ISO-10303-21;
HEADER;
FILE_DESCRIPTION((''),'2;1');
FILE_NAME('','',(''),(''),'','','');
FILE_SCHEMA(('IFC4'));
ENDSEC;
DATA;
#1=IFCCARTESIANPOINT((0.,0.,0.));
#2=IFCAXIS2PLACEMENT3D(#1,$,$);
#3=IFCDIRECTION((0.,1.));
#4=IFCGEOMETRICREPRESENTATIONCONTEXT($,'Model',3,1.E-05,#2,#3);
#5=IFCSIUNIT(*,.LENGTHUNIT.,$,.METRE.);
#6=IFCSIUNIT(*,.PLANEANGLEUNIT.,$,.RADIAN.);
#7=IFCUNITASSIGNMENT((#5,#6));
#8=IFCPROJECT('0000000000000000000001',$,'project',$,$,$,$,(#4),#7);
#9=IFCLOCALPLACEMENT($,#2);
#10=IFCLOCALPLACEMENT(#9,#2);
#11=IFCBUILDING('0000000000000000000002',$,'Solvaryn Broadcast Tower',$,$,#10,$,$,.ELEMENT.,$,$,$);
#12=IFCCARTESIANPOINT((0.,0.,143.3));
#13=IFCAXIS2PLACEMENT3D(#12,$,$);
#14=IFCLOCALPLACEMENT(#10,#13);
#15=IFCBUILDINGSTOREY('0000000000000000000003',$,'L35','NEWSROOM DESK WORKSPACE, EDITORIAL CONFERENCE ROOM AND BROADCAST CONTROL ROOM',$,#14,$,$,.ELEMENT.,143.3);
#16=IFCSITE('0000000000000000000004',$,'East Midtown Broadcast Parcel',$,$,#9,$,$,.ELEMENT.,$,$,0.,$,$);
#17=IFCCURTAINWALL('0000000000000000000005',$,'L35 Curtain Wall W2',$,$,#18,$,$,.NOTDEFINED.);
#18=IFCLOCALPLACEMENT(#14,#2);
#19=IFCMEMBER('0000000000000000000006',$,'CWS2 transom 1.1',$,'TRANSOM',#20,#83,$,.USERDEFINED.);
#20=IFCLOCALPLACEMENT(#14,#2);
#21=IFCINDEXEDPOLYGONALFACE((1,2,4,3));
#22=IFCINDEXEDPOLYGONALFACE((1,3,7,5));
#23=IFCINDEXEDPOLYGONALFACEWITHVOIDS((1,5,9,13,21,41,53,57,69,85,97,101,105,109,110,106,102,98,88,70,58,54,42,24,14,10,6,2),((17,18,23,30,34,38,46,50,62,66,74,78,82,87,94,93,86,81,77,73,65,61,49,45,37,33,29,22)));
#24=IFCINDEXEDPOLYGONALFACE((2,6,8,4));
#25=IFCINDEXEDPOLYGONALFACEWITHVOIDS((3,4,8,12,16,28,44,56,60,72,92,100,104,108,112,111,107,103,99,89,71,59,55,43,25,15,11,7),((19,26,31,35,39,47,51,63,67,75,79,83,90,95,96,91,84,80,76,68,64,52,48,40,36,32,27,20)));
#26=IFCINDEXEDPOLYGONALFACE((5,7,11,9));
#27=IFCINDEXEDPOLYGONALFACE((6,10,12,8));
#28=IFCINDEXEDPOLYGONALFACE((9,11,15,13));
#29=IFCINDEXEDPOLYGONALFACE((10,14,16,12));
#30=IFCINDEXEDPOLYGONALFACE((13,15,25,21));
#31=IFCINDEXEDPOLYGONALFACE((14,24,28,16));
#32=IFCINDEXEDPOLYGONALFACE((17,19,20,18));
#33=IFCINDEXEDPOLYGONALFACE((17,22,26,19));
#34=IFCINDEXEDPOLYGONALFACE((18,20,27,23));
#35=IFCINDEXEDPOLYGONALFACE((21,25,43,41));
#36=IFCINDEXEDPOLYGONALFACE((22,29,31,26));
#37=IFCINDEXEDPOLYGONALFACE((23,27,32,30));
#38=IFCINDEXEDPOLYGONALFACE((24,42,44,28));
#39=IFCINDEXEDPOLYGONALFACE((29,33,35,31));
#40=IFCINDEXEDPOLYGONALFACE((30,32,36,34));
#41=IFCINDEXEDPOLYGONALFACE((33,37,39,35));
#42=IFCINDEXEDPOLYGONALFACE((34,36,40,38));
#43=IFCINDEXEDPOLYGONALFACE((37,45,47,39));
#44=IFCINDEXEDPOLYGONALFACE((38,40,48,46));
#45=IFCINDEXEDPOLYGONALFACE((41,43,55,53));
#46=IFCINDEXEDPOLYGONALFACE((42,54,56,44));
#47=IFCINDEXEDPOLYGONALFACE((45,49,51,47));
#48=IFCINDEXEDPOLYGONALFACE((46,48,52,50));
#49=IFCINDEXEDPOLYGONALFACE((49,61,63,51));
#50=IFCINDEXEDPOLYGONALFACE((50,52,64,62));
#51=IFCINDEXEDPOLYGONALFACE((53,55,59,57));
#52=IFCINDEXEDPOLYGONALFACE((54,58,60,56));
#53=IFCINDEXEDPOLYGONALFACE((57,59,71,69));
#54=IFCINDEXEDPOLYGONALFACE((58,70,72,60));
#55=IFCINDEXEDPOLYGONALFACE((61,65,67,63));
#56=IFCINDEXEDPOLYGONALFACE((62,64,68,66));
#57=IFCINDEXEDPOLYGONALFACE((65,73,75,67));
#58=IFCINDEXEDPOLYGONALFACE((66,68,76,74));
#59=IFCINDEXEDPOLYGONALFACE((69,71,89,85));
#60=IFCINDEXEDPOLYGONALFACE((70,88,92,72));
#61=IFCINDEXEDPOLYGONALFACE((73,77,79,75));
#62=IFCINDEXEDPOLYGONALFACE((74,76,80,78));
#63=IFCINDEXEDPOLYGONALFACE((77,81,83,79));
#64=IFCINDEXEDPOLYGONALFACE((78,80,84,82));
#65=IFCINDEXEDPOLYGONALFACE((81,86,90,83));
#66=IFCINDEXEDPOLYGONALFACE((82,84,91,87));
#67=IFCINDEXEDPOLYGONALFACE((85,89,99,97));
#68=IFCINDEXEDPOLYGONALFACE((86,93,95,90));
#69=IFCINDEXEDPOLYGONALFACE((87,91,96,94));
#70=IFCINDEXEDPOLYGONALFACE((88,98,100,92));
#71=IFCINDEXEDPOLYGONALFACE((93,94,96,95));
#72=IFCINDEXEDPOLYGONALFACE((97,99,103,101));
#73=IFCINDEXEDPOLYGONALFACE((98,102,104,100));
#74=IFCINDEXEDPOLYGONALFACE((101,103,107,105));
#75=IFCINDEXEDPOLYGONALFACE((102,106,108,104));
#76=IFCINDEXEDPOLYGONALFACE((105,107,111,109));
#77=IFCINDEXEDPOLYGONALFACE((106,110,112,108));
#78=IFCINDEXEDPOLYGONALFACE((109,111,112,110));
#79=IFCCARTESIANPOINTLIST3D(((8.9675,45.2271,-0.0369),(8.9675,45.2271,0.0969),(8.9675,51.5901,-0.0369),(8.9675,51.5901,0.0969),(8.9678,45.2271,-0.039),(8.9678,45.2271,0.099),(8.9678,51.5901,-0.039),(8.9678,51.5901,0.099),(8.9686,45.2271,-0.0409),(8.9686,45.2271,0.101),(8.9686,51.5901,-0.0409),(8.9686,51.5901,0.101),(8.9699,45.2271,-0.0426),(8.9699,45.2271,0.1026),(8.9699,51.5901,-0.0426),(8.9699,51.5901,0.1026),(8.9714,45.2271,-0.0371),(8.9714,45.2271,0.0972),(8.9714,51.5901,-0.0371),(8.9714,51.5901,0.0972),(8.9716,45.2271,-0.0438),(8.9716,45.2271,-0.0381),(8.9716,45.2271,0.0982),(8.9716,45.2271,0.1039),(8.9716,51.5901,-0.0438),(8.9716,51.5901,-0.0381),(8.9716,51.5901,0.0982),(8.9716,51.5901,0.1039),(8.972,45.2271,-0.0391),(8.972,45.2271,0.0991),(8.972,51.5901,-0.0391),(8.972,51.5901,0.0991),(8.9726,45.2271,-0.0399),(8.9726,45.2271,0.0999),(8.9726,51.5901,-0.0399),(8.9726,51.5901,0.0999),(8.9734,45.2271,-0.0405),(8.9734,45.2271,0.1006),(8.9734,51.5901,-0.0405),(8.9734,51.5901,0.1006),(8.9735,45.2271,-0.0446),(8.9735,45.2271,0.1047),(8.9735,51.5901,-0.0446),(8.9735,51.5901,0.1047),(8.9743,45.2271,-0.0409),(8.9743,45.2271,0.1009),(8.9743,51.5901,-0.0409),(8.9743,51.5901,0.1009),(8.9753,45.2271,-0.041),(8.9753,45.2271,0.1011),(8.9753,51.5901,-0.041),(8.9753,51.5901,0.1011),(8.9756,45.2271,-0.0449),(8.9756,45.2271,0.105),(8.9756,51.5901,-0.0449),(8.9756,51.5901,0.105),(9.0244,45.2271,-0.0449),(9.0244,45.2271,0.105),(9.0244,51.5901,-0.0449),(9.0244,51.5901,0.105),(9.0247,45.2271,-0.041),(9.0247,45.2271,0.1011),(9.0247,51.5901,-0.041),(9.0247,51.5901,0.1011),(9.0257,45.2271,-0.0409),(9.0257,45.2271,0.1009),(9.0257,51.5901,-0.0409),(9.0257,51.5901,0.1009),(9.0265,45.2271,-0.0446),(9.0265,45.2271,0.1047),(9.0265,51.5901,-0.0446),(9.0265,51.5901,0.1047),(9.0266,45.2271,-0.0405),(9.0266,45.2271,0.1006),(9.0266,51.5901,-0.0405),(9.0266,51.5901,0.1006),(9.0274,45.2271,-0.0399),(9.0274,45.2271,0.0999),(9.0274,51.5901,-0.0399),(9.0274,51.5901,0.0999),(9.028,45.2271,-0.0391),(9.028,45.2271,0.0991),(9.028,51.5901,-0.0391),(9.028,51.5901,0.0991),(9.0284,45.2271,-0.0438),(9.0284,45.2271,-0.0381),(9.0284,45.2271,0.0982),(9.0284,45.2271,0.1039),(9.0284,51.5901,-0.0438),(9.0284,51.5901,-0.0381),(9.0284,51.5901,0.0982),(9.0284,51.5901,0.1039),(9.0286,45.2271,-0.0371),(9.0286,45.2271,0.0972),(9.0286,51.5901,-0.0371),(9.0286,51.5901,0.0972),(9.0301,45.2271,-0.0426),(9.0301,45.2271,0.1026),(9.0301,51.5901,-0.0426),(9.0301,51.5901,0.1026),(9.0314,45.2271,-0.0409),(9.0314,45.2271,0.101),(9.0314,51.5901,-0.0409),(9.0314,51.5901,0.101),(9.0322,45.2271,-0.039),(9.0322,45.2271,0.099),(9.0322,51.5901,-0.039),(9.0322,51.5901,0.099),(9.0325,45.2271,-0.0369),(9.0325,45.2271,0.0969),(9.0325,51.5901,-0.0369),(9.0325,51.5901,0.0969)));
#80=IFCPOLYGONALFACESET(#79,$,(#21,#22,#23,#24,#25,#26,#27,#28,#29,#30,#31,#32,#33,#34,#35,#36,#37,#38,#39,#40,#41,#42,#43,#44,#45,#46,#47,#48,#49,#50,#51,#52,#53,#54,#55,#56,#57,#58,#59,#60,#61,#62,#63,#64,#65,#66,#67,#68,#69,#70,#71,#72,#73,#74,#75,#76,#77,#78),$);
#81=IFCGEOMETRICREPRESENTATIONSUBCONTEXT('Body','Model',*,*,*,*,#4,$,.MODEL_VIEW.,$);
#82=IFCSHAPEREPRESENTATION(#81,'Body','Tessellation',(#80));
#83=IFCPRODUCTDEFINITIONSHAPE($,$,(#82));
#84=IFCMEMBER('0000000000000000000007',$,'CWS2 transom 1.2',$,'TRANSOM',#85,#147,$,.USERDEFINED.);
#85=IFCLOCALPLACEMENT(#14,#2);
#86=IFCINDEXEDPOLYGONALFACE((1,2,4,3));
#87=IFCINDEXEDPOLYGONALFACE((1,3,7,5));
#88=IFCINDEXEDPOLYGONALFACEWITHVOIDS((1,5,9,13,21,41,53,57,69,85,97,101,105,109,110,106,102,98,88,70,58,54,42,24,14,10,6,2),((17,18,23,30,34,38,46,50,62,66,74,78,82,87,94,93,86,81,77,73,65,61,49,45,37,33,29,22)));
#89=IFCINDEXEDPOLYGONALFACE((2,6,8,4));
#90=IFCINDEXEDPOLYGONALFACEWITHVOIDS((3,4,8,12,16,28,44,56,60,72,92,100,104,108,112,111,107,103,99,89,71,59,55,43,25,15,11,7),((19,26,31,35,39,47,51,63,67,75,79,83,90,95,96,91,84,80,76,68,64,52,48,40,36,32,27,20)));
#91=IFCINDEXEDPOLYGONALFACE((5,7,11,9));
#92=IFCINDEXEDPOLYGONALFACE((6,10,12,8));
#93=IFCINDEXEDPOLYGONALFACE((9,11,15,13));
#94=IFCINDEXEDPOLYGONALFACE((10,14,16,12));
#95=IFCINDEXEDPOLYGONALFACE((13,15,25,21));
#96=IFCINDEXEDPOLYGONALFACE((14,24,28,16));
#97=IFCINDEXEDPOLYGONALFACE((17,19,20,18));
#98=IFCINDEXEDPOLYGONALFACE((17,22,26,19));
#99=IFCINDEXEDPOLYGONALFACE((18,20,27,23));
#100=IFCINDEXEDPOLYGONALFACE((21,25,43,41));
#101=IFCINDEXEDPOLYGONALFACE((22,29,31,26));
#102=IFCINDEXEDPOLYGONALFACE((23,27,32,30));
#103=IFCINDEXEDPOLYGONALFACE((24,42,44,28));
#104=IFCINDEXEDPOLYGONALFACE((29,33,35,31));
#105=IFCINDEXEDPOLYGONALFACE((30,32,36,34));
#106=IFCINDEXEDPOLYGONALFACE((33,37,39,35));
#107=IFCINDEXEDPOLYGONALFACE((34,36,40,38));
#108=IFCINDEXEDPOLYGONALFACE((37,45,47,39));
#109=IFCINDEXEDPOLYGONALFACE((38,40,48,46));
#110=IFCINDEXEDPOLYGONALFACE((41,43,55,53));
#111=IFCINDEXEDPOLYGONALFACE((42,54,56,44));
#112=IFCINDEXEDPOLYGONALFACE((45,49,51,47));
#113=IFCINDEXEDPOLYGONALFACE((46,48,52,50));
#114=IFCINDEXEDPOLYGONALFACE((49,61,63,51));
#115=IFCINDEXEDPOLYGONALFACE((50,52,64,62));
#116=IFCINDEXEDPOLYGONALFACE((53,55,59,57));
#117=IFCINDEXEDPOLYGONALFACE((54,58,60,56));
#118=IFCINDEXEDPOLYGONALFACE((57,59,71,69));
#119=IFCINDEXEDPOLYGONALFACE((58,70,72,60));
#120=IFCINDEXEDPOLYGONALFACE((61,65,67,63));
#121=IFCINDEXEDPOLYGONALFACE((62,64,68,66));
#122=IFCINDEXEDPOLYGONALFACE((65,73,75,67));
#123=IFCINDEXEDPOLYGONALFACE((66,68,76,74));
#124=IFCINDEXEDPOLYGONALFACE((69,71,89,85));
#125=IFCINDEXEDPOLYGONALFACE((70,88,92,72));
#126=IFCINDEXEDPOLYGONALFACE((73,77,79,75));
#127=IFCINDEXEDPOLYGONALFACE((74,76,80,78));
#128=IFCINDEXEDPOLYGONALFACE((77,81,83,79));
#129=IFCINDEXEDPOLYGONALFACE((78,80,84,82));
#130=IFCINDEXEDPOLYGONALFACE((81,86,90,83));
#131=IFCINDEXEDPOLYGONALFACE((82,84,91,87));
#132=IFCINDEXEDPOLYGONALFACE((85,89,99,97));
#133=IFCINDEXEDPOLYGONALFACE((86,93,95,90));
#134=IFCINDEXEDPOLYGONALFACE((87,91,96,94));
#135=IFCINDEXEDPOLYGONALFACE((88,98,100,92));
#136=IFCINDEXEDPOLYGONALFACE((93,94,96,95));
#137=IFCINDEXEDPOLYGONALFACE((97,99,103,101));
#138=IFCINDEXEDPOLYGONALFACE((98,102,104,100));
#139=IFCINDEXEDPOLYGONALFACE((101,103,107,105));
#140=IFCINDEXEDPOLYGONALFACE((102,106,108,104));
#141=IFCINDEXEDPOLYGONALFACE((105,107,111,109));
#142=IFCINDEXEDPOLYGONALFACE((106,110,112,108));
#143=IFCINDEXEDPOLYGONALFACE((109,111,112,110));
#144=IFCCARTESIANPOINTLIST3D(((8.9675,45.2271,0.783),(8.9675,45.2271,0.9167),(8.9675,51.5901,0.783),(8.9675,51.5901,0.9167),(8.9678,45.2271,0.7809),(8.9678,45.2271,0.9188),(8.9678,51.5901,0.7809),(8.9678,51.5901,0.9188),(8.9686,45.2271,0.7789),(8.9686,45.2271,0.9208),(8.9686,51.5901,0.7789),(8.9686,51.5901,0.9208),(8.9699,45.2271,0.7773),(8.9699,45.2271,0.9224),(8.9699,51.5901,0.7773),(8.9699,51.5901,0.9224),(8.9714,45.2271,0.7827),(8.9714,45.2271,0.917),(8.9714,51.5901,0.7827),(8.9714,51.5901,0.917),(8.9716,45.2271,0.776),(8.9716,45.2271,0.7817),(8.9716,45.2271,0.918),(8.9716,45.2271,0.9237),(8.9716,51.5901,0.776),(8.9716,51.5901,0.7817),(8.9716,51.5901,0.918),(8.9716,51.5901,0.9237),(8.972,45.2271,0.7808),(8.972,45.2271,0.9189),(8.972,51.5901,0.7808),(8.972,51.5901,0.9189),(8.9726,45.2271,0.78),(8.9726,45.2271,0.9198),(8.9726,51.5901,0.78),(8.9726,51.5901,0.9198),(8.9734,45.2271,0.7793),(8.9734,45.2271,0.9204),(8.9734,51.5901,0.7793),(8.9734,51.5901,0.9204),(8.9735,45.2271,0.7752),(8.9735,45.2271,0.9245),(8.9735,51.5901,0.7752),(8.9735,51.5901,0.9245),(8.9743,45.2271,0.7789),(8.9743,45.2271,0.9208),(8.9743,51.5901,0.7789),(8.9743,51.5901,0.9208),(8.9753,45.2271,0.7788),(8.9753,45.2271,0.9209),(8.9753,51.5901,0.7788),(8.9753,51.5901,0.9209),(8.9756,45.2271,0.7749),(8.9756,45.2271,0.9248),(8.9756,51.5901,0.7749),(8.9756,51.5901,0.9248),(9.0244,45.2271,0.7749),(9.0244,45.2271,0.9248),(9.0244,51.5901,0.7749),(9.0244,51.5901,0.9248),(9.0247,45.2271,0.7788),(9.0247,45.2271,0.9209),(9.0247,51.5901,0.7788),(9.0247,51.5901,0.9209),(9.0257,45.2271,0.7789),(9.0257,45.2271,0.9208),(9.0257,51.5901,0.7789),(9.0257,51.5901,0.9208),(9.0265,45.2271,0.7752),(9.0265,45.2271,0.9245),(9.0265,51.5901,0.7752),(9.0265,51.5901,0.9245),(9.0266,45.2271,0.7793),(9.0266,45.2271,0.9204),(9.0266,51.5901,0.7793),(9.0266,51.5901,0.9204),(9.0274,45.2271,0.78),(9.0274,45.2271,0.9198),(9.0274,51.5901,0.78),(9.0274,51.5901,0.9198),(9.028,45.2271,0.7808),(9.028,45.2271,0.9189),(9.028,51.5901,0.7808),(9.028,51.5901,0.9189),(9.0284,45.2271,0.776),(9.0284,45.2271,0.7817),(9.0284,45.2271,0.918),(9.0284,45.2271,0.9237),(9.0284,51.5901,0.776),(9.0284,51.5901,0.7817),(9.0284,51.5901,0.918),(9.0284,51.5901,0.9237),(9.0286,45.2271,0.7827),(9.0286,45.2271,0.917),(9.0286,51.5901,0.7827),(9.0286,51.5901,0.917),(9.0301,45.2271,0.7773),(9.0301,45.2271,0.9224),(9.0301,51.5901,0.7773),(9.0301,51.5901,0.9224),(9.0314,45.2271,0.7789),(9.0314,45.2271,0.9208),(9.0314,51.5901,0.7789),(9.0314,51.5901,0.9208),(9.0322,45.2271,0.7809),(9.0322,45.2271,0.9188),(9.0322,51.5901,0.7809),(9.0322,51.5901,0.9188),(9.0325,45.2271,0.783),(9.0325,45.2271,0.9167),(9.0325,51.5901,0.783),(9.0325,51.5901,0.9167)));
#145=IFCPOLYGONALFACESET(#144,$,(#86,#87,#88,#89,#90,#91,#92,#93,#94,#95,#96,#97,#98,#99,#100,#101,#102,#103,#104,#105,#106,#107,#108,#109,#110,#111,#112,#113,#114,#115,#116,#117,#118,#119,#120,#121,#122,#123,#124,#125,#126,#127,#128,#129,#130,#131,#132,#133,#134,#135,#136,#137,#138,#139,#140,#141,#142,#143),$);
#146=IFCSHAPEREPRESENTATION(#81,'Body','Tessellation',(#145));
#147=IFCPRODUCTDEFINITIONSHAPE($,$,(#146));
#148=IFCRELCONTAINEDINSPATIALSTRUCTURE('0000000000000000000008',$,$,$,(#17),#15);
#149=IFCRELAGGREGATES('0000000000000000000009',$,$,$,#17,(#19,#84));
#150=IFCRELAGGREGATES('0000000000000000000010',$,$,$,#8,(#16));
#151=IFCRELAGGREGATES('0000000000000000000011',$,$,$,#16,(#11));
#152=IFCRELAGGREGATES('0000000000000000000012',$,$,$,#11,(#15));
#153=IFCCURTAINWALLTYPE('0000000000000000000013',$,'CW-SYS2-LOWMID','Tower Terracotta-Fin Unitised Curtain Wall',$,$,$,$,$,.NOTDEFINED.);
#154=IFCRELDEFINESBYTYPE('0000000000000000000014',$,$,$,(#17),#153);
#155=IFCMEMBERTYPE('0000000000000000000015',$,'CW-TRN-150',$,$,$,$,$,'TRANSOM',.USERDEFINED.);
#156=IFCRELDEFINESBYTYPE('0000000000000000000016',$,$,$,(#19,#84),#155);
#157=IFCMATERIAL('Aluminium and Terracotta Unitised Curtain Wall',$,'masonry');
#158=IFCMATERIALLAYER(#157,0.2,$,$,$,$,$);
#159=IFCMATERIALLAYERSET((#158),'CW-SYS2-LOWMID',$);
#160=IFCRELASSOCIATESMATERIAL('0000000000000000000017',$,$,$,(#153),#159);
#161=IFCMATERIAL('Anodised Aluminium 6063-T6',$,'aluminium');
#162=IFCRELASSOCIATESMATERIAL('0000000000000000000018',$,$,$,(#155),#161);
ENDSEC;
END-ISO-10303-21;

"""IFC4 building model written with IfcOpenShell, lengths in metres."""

from ifc_helpers import new_model, si_unit, direction, frame, origin, origin_2d, place, context, subcontext, project, spatial, hollow_rectangle, extrude, material, layer, layer_set, material_profile, profile_set, type_object, element, aggregate, save


model = new_model("IFC4")

# Units and contexts
model_context = context("Model", 3, precision=1e-05, world=origin(), true_north=direction((0.0, 1.0)))
body_context = subcontext(model_context, "Body", "Model", "MODEL_VIEW")
ifc_project = project(units=[si_unit("LENGTHUNIT", "METRE"), si_unit("PLANEANGLEUNIT", "RADIAN")], contexts=[model_context])

# Site, building, storey
site_placement = place(None, origin())
site = spatial("IfcSite", under=ifc_project, at=site_placement, Name="East Midtown Broadcast Parcel", CompositionType="ELEMENT", RefElevation=0.0)
building_placement = place(site_placement, origin())
building = spatial("IfcBuilding", under=site, at=building_placement, Name="Solvaryn Broadcast Tower", CompositionType="ELEMENT")
storey_placement = place(building_placement, frame((0.0, 0.0, 143.3)))
storey = spatial("IfcBuildingStorey", under=building, at=storey_placement, Name="L35", Description="NEWSROOM DESK WORKSPACE, EDITORIAL CONFERENCE ROOM AND BROADCAST CONTROL ROOM", CompositionType="ELEMENT", Elevation=143.3)

# Shared definitions
ifc_material_1 = material(Name="Aluminium and Terracotta Unitised Curtain Wall", Category="masonry")
ifc_layer_1 = layer(ifc_material_1, 0.2)
ifc_layer_set_1 = layer_set([ifc_layer_1], Name="CW-SYS2-LOWMID")
curtain_wall_type = type_object("IfcCurtainWallType", Name="CW-SYS2-LOWMID", Description="Tower Terracotta-Fin Unitised Curtain Wall", PredefinedType="NOTDEFINED", material=ifc_layer_set_1)

# Curtain wall
curtain_wall_1_placement = place(storey_placement, origin())
curtain_wall_1 = element("IfcCurtainWall", 1, at=curtain_wall_1_placement, inside=storey, type_object=curtain_wall_type, Name="L35 Curtain Wall W2", PredefinedType="NOTDEFINED")

# Members
ifc_material_2 = material(Name="Anodised Aluminium 6063-T6", Category="aluminium")
ifc_material_profile_1 = material_profile(ifc_material_2, hollow_rectangle(XDim=0.0649, YDim=0.1499, WallThickness=0.0039, InnerFilletRadius=0.0039, OuterFilletRadius=0.0081, at=origin_2d()))
ifc_profile_set_1 = profile_set([ifc_material_profile_1], Name="Anodised Aluminium 6063-T6")
member_type_1 = type_object("IfcMemberType", Name="CW-TRN-150", ElementType="TRANSOM", PredefinedType="USERDEFINED", material=ifc_profile_set_1)
member_1_placement = place(storey_placement, frame((9.0, 45.2271, 0.03), z_axis=(0.0, 1.0, 0.0), x_axis=(-1.0, 0.0, 0.0)))
member_1 = element("IfcMember", 2, at=member_1_placement, type_object=member_type_1, Name="CWS2 transom 1.1", ObjectType="TRANSOM", PredefinedType="USERDEFINED", context=body_context, shape_type="SweptSolid", body=[
    extrude(hollow_rectangle(XDim=0.0649, YDim=0.1499, WallThickness=0.0039, InnerFilletRadius=0.0039, OuterFilletRadius=0.0081, at=origin_2d()), origin(), (0.0, 0.0, 1.0), 6.363),
])
member_2_placement = place(storey_placement, frame((9.0, 45.2271, 0.8499), z_axis=(0.0, 1.0, 0.0), x_axis=(-1.0, 0.0, 0.0)))
member_2 = element("IfcMember", 3, at=member_2_placement, type_object=member_type_1, Name="CWS2 transom 1.2", ObjectType="TRANSOM", PredefinedType="USERDEFINED", context=body_context, shape_type="SweptSolid", body=[
    extrude(hollow_rectangle(XDim=0.0649, YDim=0.1499, WallThickness=0.0039, InnerFilletRadius=0.0039, OuterFilletRadius=0.0081, at=origin_2d()), origin(), (0.0, 0.0, 1.0), 6.363),
])

aggregate(curtain_wall_1, [member_1, member_2])

save(model, "model.ifc")
